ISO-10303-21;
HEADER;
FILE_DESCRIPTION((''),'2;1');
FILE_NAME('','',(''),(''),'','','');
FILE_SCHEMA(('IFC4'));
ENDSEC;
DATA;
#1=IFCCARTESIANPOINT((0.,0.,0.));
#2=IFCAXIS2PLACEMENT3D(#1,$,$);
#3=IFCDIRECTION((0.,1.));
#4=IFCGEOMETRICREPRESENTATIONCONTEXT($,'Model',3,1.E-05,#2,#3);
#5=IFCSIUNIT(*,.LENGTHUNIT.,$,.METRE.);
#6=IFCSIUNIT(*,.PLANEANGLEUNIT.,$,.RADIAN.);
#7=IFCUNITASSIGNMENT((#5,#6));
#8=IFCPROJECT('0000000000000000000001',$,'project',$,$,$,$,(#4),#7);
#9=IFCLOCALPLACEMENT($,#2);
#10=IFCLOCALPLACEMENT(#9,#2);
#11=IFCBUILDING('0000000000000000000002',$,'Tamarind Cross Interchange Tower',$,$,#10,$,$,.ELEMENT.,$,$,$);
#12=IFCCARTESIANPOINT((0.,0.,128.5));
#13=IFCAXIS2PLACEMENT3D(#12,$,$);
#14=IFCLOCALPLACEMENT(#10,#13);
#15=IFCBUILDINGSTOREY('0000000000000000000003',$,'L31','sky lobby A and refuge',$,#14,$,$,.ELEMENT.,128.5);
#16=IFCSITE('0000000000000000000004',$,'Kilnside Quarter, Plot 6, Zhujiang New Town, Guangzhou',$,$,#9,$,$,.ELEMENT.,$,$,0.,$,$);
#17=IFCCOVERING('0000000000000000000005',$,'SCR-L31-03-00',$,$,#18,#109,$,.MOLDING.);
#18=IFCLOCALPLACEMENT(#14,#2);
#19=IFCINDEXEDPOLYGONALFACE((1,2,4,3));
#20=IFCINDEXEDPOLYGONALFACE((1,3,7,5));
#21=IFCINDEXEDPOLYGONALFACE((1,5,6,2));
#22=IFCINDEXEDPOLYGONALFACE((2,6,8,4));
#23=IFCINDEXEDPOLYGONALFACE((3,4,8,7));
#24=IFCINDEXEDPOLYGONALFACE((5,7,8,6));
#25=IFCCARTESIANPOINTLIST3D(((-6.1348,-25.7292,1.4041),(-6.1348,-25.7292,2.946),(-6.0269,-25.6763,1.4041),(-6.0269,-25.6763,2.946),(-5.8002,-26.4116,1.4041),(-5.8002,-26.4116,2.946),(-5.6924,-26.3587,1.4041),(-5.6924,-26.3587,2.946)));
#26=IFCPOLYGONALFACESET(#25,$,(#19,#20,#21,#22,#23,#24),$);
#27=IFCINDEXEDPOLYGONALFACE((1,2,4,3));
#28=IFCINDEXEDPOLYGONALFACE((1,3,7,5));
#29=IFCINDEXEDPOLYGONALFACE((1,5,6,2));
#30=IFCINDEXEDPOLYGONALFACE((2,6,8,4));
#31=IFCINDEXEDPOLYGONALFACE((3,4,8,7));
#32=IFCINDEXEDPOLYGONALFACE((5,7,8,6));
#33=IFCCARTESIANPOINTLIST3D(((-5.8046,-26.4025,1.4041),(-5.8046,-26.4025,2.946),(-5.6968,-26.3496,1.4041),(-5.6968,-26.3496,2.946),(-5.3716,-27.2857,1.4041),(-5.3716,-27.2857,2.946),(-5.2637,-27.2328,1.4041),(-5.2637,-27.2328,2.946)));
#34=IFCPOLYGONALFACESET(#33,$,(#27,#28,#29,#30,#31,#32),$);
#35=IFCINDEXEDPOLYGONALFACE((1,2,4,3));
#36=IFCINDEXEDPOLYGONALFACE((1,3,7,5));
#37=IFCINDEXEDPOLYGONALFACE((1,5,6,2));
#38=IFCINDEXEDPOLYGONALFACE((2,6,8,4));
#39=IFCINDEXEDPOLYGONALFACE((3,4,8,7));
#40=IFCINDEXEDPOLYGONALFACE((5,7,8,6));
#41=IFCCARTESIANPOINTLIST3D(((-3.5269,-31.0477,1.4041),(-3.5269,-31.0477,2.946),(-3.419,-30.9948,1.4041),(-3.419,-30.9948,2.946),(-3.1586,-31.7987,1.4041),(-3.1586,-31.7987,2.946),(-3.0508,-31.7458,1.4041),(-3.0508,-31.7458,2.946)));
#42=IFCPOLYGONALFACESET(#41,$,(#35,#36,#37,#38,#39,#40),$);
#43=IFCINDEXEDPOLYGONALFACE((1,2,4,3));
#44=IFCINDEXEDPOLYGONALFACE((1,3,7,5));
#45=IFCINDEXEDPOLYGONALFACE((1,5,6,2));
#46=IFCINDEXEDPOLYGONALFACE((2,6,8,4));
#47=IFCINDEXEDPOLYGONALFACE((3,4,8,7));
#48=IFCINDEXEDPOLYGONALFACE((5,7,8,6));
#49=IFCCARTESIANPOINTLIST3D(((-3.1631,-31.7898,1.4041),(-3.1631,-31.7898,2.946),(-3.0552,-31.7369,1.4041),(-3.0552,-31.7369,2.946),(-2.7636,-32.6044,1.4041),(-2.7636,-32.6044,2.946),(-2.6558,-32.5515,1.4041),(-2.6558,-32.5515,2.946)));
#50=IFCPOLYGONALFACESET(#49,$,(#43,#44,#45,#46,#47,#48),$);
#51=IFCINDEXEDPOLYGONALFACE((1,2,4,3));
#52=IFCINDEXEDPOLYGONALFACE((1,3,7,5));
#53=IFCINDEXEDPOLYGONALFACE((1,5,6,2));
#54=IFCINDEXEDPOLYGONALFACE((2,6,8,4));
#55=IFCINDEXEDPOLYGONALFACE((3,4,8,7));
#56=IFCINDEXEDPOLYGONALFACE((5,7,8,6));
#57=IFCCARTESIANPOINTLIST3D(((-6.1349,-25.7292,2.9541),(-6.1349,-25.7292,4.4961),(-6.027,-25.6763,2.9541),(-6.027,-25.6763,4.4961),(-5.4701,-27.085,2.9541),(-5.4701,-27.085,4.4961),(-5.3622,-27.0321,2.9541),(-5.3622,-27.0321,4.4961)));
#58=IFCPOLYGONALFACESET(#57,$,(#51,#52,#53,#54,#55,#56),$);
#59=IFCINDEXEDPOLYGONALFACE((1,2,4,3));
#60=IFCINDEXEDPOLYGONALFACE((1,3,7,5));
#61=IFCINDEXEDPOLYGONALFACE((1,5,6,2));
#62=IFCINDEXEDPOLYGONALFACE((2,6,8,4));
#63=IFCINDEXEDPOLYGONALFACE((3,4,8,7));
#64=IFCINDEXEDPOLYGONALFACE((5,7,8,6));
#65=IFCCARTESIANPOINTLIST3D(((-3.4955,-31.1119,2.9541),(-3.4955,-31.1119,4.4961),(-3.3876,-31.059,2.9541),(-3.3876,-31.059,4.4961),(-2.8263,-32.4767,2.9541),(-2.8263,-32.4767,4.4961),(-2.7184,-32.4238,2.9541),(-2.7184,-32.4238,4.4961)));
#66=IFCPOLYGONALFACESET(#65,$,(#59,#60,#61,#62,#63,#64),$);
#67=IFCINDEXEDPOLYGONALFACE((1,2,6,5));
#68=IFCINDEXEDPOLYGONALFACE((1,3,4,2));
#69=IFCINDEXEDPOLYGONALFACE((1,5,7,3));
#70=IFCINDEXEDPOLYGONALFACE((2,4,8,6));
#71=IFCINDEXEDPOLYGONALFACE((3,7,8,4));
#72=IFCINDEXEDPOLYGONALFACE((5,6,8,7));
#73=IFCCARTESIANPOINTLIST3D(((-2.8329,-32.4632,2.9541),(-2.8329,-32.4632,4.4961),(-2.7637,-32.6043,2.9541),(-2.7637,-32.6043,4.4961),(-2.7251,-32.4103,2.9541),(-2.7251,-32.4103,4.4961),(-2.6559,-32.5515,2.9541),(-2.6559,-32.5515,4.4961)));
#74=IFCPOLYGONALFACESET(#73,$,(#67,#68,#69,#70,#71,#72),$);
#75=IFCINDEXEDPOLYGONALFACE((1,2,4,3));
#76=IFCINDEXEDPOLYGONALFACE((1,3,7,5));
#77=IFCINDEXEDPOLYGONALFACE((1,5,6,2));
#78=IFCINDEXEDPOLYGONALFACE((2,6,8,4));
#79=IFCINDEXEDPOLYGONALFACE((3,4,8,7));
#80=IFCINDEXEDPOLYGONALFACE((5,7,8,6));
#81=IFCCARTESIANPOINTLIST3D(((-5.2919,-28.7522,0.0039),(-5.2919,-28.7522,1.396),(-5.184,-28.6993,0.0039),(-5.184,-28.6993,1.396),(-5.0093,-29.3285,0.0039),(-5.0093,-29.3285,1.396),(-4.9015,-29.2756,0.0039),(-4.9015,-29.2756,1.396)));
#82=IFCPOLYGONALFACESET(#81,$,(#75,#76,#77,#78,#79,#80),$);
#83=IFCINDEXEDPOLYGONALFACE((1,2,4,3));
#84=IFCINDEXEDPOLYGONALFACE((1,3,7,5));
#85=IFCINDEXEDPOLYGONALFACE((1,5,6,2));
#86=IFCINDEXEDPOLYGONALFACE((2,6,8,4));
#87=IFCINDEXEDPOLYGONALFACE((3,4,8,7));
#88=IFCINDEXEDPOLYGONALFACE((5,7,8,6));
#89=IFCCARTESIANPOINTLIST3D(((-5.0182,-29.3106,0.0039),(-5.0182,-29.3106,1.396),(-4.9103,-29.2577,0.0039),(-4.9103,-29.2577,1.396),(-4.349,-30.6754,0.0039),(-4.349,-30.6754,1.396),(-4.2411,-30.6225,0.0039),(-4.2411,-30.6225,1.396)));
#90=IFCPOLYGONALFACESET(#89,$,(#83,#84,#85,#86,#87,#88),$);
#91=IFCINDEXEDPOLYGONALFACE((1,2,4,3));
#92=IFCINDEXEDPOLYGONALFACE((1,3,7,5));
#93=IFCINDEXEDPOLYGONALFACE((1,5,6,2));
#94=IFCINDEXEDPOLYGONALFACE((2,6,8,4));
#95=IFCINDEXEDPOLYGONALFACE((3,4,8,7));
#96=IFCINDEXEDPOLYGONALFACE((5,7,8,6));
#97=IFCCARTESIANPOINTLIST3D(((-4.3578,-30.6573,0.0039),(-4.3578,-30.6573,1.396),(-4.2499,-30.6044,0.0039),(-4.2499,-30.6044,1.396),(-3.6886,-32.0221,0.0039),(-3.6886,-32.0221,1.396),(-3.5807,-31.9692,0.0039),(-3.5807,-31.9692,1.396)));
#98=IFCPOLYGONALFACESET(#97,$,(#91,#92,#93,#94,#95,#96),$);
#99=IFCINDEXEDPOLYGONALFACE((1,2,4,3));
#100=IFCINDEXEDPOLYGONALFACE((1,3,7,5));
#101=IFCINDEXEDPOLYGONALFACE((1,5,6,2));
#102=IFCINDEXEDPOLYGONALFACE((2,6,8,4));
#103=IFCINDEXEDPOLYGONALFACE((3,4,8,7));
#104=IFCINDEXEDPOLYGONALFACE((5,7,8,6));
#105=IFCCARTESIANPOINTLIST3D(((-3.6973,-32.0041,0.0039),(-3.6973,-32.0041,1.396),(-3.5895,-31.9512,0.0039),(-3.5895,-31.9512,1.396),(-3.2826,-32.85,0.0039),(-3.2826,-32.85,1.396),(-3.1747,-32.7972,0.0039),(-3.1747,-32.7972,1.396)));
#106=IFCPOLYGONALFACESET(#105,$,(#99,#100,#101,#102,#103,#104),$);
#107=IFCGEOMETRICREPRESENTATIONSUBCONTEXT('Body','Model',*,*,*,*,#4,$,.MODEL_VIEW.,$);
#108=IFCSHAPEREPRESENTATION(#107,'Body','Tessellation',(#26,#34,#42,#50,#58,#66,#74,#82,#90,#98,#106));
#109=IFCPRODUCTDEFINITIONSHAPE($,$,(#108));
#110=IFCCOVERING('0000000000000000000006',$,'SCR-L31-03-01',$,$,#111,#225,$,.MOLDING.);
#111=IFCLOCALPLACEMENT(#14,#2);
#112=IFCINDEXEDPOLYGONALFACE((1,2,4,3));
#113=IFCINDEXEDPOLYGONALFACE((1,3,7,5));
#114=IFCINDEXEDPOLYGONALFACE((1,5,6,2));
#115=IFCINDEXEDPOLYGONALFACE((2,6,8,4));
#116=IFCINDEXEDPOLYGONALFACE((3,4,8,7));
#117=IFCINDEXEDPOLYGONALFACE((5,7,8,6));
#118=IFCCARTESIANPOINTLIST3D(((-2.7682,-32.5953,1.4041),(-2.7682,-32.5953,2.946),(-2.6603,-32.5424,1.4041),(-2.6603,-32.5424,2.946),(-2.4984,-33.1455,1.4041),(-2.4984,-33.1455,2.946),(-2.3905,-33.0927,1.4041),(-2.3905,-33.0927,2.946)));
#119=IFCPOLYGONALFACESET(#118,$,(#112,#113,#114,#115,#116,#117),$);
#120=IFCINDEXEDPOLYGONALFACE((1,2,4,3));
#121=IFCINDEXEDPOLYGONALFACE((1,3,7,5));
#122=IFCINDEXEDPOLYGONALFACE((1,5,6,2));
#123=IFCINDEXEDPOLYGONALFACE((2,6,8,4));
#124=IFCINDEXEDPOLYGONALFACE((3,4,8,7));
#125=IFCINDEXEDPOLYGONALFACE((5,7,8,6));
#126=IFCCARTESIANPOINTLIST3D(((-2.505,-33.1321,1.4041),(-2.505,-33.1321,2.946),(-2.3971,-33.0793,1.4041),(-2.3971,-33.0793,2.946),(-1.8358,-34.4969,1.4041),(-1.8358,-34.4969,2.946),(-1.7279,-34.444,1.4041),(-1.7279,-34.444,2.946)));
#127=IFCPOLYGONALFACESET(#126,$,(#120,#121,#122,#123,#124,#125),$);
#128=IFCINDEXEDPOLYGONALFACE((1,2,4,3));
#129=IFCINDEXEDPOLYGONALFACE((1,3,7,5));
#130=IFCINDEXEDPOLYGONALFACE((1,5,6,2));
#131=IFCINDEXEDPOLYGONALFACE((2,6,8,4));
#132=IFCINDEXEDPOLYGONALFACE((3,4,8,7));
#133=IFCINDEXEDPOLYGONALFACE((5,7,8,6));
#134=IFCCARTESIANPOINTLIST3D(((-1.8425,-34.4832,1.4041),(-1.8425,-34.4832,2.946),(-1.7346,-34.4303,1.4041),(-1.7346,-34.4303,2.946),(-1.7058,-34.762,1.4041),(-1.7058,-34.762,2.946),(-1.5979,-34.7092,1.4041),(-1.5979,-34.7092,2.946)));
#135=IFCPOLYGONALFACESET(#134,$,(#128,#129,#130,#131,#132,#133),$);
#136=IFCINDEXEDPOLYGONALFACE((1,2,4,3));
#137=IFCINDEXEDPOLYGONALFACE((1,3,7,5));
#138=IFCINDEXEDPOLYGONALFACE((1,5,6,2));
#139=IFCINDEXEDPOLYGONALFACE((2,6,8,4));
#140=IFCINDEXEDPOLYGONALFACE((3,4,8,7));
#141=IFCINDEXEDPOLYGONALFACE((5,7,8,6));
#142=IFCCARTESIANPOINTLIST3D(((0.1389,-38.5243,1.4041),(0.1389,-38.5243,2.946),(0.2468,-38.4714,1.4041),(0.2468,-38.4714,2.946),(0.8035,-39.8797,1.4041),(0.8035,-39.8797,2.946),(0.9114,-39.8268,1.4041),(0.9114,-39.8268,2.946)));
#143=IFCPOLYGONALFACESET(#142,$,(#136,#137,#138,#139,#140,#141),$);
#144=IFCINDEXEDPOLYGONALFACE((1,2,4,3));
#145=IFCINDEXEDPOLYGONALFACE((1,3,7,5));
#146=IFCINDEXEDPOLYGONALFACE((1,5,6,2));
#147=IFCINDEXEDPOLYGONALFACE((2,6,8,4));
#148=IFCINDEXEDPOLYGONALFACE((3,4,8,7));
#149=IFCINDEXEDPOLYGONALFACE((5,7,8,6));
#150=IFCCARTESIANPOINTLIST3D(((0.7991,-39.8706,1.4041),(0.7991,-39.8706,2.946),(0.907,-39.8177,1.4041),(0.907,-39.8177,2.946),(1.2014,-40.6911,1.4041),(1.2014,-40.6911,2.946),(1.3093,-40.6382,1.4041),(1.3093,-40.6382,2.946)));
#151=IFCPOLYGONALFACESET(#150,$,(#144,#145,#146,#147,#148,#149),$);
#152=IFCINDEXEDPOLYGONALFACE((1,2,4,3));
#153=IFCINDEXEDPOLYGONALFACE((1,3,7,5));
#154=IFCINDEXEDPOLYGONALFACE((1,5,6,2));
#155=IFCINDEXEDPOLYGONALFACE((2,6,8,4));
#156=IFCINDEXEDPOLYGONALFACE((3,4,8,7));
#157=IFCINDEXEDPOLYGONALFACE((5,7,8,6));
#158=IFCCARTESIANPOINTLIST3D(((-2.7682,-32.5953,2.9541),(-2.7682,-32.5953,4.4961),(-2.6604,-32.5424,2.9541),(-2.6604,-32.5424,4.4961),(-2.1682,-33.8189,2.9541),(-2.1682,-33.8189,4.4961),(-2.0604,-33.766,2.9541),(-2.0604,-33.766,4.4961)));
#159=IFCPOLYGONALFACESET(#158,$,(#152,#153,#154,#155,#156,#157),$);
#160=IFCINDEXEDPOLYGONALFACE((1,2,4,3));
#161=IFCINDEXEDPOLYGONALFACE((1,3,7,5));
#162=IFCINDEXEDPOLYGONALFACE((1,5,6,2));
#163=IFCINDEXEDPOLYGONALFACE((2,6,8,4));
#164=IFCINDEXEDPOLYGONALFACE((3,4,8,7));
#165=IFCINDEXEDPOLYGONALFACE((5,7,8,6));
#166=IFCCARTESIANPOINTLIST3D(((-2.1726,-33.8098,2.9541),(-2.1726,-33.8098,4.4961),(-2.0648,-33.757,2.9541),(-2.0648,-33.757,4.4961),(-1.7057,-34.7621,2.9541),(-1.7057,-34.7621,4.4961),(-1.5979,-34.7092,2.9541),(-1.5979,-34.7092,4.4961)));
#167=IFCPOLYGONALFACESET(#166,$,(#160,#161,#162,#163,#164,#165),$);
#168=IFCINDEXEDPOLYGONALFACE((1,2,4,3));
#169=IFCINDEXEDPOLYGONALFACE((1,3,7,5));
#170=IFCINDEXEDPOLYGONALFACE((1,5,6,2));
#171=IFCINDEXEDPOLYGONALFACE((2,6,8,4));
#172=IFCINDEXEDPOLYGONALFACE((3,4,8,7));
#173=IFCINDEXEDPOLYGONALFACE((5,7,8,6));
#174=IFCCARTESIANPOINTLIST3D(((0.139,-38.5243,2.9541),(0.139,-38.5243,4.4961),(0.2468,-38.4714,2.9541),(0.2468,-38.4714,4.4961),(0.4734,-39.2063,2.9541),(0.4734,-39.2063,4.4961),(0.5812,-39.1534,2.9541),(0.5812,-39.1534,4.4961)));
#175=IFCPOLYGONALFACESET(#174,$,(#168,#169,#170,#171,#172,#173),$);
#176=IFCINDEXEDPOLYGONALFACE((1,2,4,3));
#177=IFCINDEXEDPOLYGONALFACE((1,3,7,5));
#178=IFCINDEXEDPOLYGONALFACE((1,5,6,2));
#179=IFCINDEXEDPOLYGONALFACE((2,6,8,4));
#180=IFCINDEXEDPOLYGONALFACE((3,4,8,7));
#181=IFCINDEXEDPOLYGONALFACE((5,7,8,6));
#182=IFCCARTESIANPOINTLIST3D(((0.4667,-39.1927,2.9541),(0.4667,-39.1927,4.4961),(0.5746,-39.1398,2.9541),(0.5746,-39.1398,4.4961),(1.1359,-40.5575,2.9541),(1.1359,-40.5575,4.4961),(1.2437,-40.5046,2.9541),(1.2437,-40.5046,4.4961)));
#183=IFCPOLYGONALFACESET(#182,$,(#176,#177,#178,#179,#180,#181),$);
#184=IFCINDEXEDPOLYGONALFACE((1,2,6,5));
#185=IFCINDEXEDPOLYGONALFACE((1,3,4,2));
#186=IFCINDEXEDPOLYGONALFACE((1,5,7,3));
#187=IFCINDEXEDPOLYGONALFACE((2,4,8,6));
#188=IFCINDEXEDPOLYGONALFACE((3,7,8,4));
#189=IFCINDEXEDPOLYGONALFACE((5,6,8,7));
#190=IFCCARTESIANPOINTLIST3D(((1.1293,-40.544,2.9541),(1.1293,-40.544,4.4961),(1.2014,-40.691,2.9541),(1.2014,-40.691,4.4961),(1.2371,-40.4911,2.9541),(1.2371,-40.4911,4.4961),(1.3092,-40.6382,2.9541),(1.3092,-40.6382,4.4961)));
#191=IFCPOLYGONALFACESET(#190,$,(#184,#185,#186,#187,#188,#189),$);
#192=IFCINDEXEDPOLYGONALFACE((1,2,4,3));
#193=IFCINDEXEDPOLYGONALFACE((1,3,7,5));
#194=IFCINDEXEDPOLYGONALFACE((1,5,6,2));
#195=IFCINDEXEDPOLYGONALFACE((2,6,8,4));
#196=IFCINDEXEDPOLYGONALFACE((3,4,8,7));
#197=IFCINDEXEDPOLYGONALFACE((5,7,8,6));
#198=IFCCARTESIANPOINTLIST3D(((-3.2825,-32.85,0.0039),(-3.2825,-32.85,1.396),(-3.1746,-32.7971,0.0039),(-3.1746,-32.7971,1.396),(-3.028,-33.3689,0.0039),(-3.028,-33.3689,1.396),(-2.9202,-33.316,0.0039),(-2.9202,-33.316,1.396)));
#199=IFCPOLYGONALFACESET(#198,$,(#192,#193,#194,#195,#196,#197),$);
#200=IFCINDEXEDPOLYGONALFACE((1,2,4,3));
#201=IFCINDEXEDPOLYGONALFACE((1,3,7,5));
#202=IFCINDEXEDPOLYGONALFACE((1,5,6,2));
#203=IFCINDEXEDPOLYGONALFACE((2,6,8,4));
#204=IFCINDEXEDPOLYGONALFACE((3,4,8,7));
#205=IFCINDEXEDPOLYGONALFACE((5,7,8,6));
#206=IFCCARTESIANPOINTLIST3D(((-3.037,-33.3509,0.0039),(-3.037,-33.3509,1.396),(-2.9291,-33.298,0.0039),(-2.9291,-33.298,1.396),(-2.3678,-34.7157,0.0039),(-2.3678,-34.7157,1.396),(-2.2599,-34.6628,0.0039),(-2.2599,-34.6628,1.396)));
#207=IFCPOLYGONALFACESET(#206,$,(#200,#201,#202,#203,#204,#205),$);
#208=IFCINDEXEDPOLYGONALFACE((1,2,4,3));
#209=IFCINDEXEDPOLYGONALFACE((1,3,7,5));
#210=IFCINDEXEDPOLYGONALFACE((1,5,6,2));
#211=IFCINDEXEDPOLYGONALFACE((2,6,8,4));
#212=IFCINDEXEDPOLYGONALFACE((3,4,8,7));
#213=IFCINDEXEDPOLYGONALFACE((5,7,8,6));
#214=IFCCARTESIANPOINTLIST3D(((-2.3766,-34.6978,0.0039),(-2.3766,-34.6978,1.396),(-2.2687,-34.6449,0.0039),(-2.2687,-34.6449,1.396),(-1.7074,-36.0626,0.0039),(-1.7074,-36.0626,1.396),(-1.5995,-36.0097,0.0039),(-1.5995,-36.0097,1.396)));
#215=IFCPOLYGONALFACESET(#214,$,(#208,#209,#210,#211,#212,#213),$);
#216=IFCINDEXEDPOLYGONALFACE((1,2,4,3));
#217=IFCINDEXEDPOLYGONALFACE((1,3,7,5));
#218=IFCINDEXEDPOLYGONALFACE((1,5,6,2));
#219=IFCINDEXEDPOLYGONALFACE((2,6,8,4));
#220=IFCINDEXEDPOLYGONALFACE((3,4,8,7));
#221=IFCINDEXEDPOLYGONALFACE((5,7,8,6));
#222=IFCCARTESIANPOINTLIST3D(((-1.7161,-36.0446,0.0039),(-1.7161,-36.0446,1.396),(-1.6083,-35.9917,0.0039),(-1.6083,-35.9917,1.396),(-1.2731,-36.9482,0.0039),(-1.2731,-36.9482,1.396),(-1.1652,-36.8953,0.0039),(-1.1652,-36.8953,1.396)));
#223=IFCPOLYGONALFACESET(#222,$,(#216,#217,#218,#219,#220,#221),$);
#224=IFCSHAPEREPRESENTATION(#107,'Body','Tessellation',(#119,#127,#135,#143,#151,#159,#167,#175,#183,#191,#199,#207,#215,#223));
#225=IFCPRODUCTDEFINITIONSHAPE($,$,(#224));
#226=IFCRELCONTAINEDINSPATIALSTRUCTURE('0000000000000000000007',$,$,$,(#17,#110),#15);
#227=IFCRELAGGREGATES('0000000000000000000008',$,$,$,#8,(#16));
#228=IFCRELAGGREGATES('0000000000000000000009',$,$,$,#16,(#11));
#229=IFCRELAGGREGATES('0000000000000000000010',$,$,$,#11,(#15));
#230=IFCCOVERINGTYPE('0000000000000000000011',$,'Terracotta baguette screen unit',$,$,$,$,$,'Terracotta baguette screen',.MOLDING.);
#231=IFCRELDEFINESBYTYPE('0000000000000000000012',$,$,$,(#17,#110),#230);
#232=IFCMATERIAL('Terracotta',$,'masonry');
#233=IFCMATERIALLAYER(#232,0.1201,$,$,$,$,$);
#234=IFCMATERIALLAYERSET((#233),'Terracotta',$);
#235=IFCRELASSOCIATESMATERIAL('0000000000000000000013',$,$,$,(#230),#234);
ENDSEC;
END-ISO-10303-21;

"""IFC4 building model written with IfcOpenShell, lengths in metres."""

from ifc_helpers import new_model, si_unit, direction, frame, origin, origin_2d, place, context, subcontext, project, spatial, rectangle, extrude, material, layer, layer_set, type_object, element, save


model = new_model("IFC4")

# Units and contexts
model_context = context("Model", 3, precision=1e-05, world=origin(), true_north=direction((0.0, 1.0)))
body_context = subcontext(model_context, "Body", "Model", "MODEL_VIEW")
ifc_project = project(units=[si_unit("LENGTHUNIT", "METRE"), si_unit("PLANEANGLEUNIT", "RADIAN")], contexts=[model_context])

# Site, building, storey
site_placement = place(None, origin())
site = spatial("IfcSite", under=ifc_project, at=site_placement, Name="Kilnside Quarter, Plot 6, Zhujiang New Town, Guangzhou", CompositionType="ELEMENT", RefElevation=0.0)
building_placement = place(site_placement, origin())
building = spatial("IfcBuilding", under=site, at=building_placement, Name="Tamarind Cross Interchange Tower", CompositionType="ELEMENT")
storey_placement = place(building_placement, frame((0.0, 0.0, 128.5)))
storey = spatial("IfcBuildingStorey", under=building, at=storey_placement, Name="L31", Description="sky lobby A and refuge", CompositionType="ELEMENT", Elevation=128.5)

# Coverings
ifc_material_1 = material(Name="Terracotta", Category="masonry")
ifc_layer_1 = layer(ifc_material_1, 0.1201)
ifc_layer_set_1 = layer_set([ifc_layer_1], Name="Terracotta")
covering_type = type_object("IfcCoveringType", Name="Terracotta baguette screen unit", ElementType="Terracotta baguette screen", PredefinedType="MOLDING", material=ifc_layer_set_1)
covering_1_placement = place(storey_placement, origin())
element("IfcCovering", 1, at=covering_1_placement, inside=storey, type_object=covering_type, Name="SCR-L31-03-00", PredefinedType="MOLDING", context=body_context, shape_type="SweptSolid", body=[
    extrude(rectangle(XDim=0.76, YDim=0.1201, at=origin_2d()), frame((-5.9136, -26.0439, 1.4041), z_axis=(0.0, 0.0, 1.0), x_axis=(0.440253, -0.897874, 0.0)), (0.0, 0.0, 1.0), 1.542),
    extrude(rectangle(XDim=0.9836, YDim=0.1201, at=origin_2d()), frame((-5.5342, -26.8176, 1.4041), z_axis=(0.0, 0.0, 1.0), x_axis=(0.440253, -0.897874, 0.0)), (0.0, 0.0, 1.0), 1.542),
    extrude(rectangle(XDim=0.8364, YDim=0.1201, at=origin_2d()), frame((-3.2888, -31.3967, 1.4041), z_axis=(0.0, 0.0, 1.0), x_axis=(0.440253, -0.897874, 0.0)), (0.0, 0.0, 1.0), 1.542),
    extrude(rectangle(XDim=0.9072, YDim=0.1201, at=origin_2d()), frame((-2.9094, -32.1707, 1.4041), z_axis=(0.0, 0.0, 1.0), x_axis=(0.440253, -0.897874, 0.0)), (0.0, 0.0, 1.0), 1.542),
    extrude(rectangle(XDim=1.51, YDim=0.1201, at=origin_2d()), frame((-5.7485, -26.3806, 2.9541), z_axis=(0.0, 0.0, 1.0), x_axis=(0.440253, -0.897874, 0.0)), (0.0, 0.0, 1.0), 1.542),
    extrude(rectangle(XDim=1.52, YDim=0.1201, at=origin_2d()), frame((-3.1069, -31.7678, 2.9541), z_axis=(0.0, 0.0, 1.0), x_axis=(0.440253, -0.897874, 0.0)), (0.0, 0.0, 1.0), 1.542),
    extrude(rectangle(XDim=0.1572, YDim=0.1201, at=origin_2d()), frame((-2.7444, -32.5073, 2.9541), z_axis=(0.0, 0.0, 1.0), x_axis=(0.440253, -0.897874, 0.0)), (0.0, 0.0, 1.0), 1.542),
    extrude(rectangle(XDim=0.6418, YDim=0.1201, at=origin_2d()), frame((-5.0967, -29.0139, 0.0039), z_axis=(0.0, 0.0, 1.0), x_axis=(0.440253, -0.897874, 0.0)), (0.0, 0.0, 1.0), 1.3921),
    extrude(rectangle(XDim=1.52, YDim=0.1201, at=origin_2d()), frame((-4.6296, -29.9666, 0.0039), z_axis=(0.0, 0.0, 1.0), x_axis=(0.440253, -0.897874, 0.0)), (0.0, 0.0, 1.0), 1.3921),
    extrude(rectangle(XDim=1.52, YDim=0.1201, at=origin_2d()), frame((-3.9692, -31.3132, 0.0039), z_axis=(0.0, 0.0, 1.0), x_axis=(0.440253, -0.897874, 0.0)), (0.0, 0.0, 1.0), 1.3921),
    extrude(rectangle(XDim=0.9421, YDim=0.1201, at=origin_2d()), frame((-3.436, -32.4006, 0.0039), z_axis=(0.0, 0.0, 1.0), x_axis=(0.440253, -0.897874, 0.0)), (0.0, 0.0, 1.0), 1.3921),
])
covering_2_placement = place(storey_placement, origin())
element("IfcCovering", 2, at=covering_2_placement, inside=storey, type_object=covering_type, Name="SCR-L31-03-01", PredefinedType="MOLDING", context=body_context, shape_type="SweptSolid", body=[
    extrude(rectangle(XDim=0.6128, YDim=0.1201, at=origin_2d()), frame((-2.5793, -32.844, 1.4041), z_axis=(0.0, 0.0, 1.0), x_axis=(0.440253, -0.897874, 0.0)), (0.0, 0.0, 1.0), 1.542),
    extrude(rectangle(XDim=1.52, YDim=0.1201, at=origin_2d()), frame((-2.1165, -33.7881, 1.4041), z_axis=(0.0, 0.0, 1.0), x_axis=(0.440253, -0.897874, 0.0)), (0.0, 0.0, 1.0), 1.542),
    extrude(rectangle(XDim=0.3105, YDim=0.1201, at=origin_2d()), frame((-1.7202, -34.5962, 1.4041), z_axis=(0.0, 0.0, 1.0), x_axis=(0.440253, -0.897874, 0.0)), (0.0, 0.0, 1.0), 1.542),
    extrude(rectangle(XDim=1.5095, YDim=0.1201, at=origin_2d()), frame((0.5251, -39.1755, 1.4041), z_axis=(0.0, 0.0, 1.0), x_axis=(0.440253, -0.897874, 0.0)), (0.0, 0.0, 1.0), 1.542),
    extrude(rectangle(XDim=0.9138, YDim=0.1201, at=origin_2d()), frame((1.0542, -40.2544, 1.4041), z_axis=(0.0, 0.0, 1.0), x_axis=(0.440253, -0.897874, 0.0)), (0.0, 0.0, 1.0), 1.542),
    extrude(rectangle(XDim=1.3628, YDim=0.1201, at=origin_2d()), frame((-2.4143, -33.1807, 2.9541), z_axis=(0.0, 0.0, 1.0), x_axis=(0.440253, -0.897874, 0.0)), (0.0, 0.0, 1.0), 1.542),
    extrude(rectangle(XDim=1.0605, YDim=0.1201, at=origin_2d()), frame((-1.8853, -34.2595, 2.9541), z_axis=(0.0, 0.0, 1.0), x_axis=(0.440253, -0.897874, 0.0)), (0.0, 0.0, 1.0), 1.542),
    extrude(rectangle(XDim=0.7595, YDim=0.1201, at=origin_2d()), frame((0.3601, -38.8389, 2.9541), z_axis=(0.0, 0.0, 1.0), x_axis=(0.440253, -0.897874, 0.0)), (0.0, 0.0, 1.0), 1.542),
    extrude(rectangle(XDim=1.52, YDim=0.1201, at=origin_2d()), frame((0.8552, -39.8486, 2.9541), z_axis=(0.0, 0.0, 1.0), x_axis=(0.440253, -0.897874, 0.0)), (0.0, 0.0, 1.0), 1.542),
    extrude(rectangle(XDim=0.1638, YDim=0.1201, at=origin_2d()), frame((1.2192, -40.5911, 2.9541), z_axis=(0.0, 0.0, 1.0), x_axis=(0.440253, -0.897874, 0.0)), (0.0, 0.0, 1.0), 1.542),
    extrude(rectangle(XDim=0.5779, YDim=0.1201, at=origin_2d()), frame((-3.1013, -33.083, 0.0039), z_axis=(0.0, 0.0, 1.0), x_axis=(0.440253, -0.897874, 0.0)), (0.0, 0.0, 1.0), 1.3921),
    extrude(rectangle(XDim=1.52, YDim=0.1201, at=origin_2d()), frame((-2.6484, -34.0068, 0.0039), z_axis=(0.0, 0.0, 1.0), x_axis=(0.440253, -0.897874, 0.0)), (0.0, 0.0, 1.0), 1.3921),
    extrude(rectangle(XDim=1.52, YDim=0.1201, at=origin_2d()), frame((-1.988, -35.3538, 0.0039), z_axis=(0.0, 0.0, 1.0), x_axis=(0.440253, -0.897874, 0.0)), (0.0, 0.0, 1.0), 1.3921),
    extrude(rectangle(XDim=1.0063, YDim=0.1201, at=origin_2d()), frame((-1.4407, -36.47, 0.0039), z_axis=(0.0, 0.0, 1.0), x_axis=(0.440253, -0.897874, 0.0)), (0.0, 0.0, 1.0), 1.3921),
])

save(model, "model.ifc")
